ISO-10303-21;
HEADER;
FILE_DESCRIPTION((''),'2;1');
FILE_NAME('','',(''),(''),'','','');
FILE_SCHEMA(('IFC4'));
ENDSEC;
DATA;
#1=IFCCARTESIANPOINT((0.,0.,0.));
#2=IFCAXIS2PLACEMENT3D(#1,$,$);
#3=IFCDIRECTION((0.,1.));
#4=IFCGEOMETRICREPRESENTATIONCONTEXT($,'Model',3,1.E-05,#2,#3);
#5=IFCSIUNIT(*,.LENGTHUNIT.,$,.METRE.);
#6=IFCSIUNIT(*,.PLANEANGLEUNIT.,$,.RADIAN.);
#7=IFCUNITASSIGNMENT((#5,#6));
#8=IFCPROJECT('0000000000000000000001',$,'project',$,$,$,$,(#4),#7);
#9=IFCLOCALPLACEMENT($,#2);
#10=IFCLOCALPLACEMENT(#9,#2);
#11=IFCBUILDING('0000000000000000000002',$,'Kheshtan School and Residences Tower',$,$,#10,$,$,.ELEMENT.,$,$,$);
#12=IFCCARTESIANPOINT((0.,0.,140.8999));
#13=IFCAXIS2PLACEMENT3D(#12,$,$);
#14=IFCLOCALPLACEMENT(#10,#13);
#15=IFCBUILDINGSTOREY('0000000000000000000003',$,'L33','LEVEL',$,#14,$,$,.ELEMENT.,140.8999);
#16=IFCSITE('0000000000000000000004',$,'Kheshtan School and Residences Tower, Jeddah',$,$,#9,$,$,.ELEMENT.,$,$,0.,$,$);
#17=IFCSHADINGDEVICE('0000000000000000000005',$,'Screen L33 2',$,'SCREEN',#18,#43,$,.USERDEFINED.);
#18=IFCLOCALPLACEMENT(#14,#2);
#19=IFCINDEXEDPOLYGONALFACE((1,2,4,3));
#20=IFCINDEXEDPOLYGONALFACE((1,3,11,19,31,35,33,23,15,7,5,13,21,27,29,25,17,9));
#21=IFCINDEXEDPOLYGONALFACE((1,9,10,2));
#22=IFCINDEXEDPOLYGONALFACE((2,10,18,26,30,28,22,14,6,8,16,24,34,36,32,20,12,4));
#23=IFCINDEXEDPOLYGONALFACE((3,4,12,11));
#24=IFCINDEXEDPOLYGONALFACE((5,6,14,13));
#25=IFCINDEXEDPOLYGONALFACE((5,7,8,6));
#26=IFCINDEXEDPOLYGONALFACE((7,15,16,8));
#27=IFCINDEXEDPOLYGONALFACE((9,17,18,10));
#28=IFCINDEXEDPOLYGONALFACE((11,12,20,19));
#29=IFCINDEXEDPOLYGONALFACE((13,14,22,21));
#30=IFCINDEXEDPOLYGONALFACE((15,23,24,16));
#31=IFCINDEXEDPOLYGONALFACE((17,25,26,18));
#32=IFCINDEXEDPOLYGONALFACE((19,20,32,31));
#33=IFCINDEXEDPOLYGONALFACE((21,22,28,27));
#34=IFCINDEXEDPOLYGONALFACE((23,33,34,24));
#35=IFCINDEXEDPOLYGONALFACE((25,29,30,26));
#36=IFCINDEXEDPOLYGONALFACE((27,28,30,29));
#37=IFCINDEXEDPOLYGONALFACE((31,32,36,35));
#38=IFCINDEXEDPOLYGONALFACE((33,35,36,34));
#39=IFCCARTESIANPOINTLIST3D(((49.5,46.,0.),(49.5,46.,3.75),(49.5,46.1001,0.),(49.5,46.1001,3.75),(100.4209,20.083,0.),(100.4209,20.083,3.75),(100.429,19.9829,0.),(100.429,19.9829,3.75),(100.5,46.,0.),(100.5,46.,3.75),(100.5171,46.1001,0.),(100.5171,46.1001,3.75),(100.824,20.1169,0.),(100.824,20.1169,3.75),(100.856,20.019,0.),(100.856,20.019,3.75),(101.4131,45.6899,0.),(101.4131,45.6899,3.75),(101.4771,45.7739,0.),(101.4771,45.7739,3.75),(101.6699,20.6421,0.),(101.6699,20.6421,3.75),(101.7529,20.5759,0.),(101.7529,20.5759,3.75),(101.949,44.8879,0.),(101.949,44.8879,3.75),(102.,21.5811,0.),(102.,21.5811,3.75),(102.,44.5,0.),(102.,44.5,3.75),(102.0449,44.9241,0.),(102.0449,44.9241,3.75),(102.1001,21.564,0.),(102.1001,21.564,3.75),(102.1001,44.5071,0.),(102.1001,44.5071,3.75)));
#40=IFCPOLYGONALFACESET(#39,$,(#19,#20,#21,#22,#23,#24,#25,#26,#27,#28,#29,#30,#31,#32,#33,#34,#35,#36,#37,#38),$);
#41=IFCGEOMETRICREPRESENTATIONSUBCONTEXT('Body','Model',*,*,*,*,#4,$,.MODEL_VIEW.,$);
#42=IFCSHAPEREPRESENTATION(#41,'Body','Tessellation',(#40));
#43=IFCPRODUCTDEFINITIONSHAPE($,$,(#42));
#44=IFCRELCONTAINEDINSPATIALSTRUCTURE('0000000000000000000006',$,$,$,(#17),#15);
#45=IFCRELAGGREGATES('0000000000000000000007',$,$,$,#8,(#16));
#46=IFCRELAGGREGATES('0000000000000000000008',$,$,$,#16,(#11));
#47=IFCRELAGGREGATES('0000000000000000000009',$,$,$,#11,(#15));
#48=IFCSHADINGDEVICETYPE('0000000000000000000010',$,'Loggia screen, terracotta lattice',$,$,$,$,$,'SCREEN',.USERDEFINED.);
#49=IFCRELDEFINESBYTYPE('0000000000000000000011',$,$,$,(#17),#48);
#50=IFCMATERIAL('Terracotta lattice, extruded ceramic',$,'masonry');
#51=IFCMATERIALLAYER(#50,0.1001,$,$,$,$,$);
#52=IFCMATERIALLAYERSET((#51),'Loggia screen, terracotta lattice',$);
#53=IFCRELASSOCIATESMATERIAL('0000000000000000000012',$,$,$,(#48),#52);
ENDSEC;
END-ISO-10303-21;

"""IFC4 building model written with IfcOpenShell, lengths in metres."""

from ifc_helpers import new_model, si_unit, direction, frame, origin, place, context, subcontext, project, spatial, polyline, outline, extrude, material, layer, layer_set, type_object, element, save


model = new_model("IFC4")

# Units and contexts
model_context = context("Model", 3, precision=1e-05, world=origin(), true_north=direction((0.0, 1.0)))
body_context = subcontext(model_context, "Body", "Model", "MODEL_VIEW")
ifc_project = project(units=[si_unit("LENGTHUNIT", "METRE"), si_unit("PLANEANGLEUNIT", "RADIAN")], contexts=[model_context])

# Site, building, storey
site_placement = place(None, origin())
site = spatial("IfcSite", under=ifc_project, at=site_placement, Name="Kheshtan School and Residences Tower, Jeddah", CompositionType="ELEMENT", RefElevation=0.0)
building_placement = place(site_placement, origin())
building = spatial("IfcBuilding", under=site, at=building_placement, Name="Kheshtan School and Residences Tower", CompositionType="ELEMENT")
storey_placement = place(building_placement, frame((0.0, 0.0, 140.8999)))
storey = spatial("IfcBuildingStorey", under=building, at=storey_placement, Name="L33", Description="LEVEL", CompositionType="ELEMENT", Elevation=140.8999)

# Shading device
ifc_material_1 = material(Name="Terracotta lattice, extruded ceramic", Category="masonry")
ifc_layer_1 = layer(ifc_material_1, 0.1001)
ifc_layer_set_1 = layer_set([ifc_layer_1], Name="Loggia screen, terracotta lattice")
shading_device_type_1 = type_object("IfcShadingDeviceType", Name="Loggia screen, terracotta lattice", ElementType="SCREEN", PredefinedType="USERDEFINED", material=ifc_layer_set_1)
shading_device_1_placement = place(storey_placement, origin())
element("IfcShadingDevice", 1, at=shading_device_1_placement, inside=storey, type_object=shading_device_type_1, Name="Screen L33 2", ObjectType="SCREEN", PredefinedType="USERDEFINED", context=body_context, shape_type="SweptSolid", body=[
    extrude(outline(polyline([(49.5, 46.0), (100.5, 46.0), (101.4131, 45.6899), (101.949, 44.8879), (102.0, 44.5), (102.0, 21.5811), (101.6699, 20.6421), (100.824, 20.1169), (100.4209, 20.083), (100.429, 19.9829), (100.856, 20.019), (101.7529, 20.5759), (102.1001, 21.564), (102.1001, 44.5071), (102.0449, 44.9241), (101.4771, 45.7739), (100.5171, 46.1001), (49.5, 46.1001), (49.5, 46.0)])), origin(), (0.0, 0.0, 1.0), 3.75),
])

save(model, "model.ifc")
